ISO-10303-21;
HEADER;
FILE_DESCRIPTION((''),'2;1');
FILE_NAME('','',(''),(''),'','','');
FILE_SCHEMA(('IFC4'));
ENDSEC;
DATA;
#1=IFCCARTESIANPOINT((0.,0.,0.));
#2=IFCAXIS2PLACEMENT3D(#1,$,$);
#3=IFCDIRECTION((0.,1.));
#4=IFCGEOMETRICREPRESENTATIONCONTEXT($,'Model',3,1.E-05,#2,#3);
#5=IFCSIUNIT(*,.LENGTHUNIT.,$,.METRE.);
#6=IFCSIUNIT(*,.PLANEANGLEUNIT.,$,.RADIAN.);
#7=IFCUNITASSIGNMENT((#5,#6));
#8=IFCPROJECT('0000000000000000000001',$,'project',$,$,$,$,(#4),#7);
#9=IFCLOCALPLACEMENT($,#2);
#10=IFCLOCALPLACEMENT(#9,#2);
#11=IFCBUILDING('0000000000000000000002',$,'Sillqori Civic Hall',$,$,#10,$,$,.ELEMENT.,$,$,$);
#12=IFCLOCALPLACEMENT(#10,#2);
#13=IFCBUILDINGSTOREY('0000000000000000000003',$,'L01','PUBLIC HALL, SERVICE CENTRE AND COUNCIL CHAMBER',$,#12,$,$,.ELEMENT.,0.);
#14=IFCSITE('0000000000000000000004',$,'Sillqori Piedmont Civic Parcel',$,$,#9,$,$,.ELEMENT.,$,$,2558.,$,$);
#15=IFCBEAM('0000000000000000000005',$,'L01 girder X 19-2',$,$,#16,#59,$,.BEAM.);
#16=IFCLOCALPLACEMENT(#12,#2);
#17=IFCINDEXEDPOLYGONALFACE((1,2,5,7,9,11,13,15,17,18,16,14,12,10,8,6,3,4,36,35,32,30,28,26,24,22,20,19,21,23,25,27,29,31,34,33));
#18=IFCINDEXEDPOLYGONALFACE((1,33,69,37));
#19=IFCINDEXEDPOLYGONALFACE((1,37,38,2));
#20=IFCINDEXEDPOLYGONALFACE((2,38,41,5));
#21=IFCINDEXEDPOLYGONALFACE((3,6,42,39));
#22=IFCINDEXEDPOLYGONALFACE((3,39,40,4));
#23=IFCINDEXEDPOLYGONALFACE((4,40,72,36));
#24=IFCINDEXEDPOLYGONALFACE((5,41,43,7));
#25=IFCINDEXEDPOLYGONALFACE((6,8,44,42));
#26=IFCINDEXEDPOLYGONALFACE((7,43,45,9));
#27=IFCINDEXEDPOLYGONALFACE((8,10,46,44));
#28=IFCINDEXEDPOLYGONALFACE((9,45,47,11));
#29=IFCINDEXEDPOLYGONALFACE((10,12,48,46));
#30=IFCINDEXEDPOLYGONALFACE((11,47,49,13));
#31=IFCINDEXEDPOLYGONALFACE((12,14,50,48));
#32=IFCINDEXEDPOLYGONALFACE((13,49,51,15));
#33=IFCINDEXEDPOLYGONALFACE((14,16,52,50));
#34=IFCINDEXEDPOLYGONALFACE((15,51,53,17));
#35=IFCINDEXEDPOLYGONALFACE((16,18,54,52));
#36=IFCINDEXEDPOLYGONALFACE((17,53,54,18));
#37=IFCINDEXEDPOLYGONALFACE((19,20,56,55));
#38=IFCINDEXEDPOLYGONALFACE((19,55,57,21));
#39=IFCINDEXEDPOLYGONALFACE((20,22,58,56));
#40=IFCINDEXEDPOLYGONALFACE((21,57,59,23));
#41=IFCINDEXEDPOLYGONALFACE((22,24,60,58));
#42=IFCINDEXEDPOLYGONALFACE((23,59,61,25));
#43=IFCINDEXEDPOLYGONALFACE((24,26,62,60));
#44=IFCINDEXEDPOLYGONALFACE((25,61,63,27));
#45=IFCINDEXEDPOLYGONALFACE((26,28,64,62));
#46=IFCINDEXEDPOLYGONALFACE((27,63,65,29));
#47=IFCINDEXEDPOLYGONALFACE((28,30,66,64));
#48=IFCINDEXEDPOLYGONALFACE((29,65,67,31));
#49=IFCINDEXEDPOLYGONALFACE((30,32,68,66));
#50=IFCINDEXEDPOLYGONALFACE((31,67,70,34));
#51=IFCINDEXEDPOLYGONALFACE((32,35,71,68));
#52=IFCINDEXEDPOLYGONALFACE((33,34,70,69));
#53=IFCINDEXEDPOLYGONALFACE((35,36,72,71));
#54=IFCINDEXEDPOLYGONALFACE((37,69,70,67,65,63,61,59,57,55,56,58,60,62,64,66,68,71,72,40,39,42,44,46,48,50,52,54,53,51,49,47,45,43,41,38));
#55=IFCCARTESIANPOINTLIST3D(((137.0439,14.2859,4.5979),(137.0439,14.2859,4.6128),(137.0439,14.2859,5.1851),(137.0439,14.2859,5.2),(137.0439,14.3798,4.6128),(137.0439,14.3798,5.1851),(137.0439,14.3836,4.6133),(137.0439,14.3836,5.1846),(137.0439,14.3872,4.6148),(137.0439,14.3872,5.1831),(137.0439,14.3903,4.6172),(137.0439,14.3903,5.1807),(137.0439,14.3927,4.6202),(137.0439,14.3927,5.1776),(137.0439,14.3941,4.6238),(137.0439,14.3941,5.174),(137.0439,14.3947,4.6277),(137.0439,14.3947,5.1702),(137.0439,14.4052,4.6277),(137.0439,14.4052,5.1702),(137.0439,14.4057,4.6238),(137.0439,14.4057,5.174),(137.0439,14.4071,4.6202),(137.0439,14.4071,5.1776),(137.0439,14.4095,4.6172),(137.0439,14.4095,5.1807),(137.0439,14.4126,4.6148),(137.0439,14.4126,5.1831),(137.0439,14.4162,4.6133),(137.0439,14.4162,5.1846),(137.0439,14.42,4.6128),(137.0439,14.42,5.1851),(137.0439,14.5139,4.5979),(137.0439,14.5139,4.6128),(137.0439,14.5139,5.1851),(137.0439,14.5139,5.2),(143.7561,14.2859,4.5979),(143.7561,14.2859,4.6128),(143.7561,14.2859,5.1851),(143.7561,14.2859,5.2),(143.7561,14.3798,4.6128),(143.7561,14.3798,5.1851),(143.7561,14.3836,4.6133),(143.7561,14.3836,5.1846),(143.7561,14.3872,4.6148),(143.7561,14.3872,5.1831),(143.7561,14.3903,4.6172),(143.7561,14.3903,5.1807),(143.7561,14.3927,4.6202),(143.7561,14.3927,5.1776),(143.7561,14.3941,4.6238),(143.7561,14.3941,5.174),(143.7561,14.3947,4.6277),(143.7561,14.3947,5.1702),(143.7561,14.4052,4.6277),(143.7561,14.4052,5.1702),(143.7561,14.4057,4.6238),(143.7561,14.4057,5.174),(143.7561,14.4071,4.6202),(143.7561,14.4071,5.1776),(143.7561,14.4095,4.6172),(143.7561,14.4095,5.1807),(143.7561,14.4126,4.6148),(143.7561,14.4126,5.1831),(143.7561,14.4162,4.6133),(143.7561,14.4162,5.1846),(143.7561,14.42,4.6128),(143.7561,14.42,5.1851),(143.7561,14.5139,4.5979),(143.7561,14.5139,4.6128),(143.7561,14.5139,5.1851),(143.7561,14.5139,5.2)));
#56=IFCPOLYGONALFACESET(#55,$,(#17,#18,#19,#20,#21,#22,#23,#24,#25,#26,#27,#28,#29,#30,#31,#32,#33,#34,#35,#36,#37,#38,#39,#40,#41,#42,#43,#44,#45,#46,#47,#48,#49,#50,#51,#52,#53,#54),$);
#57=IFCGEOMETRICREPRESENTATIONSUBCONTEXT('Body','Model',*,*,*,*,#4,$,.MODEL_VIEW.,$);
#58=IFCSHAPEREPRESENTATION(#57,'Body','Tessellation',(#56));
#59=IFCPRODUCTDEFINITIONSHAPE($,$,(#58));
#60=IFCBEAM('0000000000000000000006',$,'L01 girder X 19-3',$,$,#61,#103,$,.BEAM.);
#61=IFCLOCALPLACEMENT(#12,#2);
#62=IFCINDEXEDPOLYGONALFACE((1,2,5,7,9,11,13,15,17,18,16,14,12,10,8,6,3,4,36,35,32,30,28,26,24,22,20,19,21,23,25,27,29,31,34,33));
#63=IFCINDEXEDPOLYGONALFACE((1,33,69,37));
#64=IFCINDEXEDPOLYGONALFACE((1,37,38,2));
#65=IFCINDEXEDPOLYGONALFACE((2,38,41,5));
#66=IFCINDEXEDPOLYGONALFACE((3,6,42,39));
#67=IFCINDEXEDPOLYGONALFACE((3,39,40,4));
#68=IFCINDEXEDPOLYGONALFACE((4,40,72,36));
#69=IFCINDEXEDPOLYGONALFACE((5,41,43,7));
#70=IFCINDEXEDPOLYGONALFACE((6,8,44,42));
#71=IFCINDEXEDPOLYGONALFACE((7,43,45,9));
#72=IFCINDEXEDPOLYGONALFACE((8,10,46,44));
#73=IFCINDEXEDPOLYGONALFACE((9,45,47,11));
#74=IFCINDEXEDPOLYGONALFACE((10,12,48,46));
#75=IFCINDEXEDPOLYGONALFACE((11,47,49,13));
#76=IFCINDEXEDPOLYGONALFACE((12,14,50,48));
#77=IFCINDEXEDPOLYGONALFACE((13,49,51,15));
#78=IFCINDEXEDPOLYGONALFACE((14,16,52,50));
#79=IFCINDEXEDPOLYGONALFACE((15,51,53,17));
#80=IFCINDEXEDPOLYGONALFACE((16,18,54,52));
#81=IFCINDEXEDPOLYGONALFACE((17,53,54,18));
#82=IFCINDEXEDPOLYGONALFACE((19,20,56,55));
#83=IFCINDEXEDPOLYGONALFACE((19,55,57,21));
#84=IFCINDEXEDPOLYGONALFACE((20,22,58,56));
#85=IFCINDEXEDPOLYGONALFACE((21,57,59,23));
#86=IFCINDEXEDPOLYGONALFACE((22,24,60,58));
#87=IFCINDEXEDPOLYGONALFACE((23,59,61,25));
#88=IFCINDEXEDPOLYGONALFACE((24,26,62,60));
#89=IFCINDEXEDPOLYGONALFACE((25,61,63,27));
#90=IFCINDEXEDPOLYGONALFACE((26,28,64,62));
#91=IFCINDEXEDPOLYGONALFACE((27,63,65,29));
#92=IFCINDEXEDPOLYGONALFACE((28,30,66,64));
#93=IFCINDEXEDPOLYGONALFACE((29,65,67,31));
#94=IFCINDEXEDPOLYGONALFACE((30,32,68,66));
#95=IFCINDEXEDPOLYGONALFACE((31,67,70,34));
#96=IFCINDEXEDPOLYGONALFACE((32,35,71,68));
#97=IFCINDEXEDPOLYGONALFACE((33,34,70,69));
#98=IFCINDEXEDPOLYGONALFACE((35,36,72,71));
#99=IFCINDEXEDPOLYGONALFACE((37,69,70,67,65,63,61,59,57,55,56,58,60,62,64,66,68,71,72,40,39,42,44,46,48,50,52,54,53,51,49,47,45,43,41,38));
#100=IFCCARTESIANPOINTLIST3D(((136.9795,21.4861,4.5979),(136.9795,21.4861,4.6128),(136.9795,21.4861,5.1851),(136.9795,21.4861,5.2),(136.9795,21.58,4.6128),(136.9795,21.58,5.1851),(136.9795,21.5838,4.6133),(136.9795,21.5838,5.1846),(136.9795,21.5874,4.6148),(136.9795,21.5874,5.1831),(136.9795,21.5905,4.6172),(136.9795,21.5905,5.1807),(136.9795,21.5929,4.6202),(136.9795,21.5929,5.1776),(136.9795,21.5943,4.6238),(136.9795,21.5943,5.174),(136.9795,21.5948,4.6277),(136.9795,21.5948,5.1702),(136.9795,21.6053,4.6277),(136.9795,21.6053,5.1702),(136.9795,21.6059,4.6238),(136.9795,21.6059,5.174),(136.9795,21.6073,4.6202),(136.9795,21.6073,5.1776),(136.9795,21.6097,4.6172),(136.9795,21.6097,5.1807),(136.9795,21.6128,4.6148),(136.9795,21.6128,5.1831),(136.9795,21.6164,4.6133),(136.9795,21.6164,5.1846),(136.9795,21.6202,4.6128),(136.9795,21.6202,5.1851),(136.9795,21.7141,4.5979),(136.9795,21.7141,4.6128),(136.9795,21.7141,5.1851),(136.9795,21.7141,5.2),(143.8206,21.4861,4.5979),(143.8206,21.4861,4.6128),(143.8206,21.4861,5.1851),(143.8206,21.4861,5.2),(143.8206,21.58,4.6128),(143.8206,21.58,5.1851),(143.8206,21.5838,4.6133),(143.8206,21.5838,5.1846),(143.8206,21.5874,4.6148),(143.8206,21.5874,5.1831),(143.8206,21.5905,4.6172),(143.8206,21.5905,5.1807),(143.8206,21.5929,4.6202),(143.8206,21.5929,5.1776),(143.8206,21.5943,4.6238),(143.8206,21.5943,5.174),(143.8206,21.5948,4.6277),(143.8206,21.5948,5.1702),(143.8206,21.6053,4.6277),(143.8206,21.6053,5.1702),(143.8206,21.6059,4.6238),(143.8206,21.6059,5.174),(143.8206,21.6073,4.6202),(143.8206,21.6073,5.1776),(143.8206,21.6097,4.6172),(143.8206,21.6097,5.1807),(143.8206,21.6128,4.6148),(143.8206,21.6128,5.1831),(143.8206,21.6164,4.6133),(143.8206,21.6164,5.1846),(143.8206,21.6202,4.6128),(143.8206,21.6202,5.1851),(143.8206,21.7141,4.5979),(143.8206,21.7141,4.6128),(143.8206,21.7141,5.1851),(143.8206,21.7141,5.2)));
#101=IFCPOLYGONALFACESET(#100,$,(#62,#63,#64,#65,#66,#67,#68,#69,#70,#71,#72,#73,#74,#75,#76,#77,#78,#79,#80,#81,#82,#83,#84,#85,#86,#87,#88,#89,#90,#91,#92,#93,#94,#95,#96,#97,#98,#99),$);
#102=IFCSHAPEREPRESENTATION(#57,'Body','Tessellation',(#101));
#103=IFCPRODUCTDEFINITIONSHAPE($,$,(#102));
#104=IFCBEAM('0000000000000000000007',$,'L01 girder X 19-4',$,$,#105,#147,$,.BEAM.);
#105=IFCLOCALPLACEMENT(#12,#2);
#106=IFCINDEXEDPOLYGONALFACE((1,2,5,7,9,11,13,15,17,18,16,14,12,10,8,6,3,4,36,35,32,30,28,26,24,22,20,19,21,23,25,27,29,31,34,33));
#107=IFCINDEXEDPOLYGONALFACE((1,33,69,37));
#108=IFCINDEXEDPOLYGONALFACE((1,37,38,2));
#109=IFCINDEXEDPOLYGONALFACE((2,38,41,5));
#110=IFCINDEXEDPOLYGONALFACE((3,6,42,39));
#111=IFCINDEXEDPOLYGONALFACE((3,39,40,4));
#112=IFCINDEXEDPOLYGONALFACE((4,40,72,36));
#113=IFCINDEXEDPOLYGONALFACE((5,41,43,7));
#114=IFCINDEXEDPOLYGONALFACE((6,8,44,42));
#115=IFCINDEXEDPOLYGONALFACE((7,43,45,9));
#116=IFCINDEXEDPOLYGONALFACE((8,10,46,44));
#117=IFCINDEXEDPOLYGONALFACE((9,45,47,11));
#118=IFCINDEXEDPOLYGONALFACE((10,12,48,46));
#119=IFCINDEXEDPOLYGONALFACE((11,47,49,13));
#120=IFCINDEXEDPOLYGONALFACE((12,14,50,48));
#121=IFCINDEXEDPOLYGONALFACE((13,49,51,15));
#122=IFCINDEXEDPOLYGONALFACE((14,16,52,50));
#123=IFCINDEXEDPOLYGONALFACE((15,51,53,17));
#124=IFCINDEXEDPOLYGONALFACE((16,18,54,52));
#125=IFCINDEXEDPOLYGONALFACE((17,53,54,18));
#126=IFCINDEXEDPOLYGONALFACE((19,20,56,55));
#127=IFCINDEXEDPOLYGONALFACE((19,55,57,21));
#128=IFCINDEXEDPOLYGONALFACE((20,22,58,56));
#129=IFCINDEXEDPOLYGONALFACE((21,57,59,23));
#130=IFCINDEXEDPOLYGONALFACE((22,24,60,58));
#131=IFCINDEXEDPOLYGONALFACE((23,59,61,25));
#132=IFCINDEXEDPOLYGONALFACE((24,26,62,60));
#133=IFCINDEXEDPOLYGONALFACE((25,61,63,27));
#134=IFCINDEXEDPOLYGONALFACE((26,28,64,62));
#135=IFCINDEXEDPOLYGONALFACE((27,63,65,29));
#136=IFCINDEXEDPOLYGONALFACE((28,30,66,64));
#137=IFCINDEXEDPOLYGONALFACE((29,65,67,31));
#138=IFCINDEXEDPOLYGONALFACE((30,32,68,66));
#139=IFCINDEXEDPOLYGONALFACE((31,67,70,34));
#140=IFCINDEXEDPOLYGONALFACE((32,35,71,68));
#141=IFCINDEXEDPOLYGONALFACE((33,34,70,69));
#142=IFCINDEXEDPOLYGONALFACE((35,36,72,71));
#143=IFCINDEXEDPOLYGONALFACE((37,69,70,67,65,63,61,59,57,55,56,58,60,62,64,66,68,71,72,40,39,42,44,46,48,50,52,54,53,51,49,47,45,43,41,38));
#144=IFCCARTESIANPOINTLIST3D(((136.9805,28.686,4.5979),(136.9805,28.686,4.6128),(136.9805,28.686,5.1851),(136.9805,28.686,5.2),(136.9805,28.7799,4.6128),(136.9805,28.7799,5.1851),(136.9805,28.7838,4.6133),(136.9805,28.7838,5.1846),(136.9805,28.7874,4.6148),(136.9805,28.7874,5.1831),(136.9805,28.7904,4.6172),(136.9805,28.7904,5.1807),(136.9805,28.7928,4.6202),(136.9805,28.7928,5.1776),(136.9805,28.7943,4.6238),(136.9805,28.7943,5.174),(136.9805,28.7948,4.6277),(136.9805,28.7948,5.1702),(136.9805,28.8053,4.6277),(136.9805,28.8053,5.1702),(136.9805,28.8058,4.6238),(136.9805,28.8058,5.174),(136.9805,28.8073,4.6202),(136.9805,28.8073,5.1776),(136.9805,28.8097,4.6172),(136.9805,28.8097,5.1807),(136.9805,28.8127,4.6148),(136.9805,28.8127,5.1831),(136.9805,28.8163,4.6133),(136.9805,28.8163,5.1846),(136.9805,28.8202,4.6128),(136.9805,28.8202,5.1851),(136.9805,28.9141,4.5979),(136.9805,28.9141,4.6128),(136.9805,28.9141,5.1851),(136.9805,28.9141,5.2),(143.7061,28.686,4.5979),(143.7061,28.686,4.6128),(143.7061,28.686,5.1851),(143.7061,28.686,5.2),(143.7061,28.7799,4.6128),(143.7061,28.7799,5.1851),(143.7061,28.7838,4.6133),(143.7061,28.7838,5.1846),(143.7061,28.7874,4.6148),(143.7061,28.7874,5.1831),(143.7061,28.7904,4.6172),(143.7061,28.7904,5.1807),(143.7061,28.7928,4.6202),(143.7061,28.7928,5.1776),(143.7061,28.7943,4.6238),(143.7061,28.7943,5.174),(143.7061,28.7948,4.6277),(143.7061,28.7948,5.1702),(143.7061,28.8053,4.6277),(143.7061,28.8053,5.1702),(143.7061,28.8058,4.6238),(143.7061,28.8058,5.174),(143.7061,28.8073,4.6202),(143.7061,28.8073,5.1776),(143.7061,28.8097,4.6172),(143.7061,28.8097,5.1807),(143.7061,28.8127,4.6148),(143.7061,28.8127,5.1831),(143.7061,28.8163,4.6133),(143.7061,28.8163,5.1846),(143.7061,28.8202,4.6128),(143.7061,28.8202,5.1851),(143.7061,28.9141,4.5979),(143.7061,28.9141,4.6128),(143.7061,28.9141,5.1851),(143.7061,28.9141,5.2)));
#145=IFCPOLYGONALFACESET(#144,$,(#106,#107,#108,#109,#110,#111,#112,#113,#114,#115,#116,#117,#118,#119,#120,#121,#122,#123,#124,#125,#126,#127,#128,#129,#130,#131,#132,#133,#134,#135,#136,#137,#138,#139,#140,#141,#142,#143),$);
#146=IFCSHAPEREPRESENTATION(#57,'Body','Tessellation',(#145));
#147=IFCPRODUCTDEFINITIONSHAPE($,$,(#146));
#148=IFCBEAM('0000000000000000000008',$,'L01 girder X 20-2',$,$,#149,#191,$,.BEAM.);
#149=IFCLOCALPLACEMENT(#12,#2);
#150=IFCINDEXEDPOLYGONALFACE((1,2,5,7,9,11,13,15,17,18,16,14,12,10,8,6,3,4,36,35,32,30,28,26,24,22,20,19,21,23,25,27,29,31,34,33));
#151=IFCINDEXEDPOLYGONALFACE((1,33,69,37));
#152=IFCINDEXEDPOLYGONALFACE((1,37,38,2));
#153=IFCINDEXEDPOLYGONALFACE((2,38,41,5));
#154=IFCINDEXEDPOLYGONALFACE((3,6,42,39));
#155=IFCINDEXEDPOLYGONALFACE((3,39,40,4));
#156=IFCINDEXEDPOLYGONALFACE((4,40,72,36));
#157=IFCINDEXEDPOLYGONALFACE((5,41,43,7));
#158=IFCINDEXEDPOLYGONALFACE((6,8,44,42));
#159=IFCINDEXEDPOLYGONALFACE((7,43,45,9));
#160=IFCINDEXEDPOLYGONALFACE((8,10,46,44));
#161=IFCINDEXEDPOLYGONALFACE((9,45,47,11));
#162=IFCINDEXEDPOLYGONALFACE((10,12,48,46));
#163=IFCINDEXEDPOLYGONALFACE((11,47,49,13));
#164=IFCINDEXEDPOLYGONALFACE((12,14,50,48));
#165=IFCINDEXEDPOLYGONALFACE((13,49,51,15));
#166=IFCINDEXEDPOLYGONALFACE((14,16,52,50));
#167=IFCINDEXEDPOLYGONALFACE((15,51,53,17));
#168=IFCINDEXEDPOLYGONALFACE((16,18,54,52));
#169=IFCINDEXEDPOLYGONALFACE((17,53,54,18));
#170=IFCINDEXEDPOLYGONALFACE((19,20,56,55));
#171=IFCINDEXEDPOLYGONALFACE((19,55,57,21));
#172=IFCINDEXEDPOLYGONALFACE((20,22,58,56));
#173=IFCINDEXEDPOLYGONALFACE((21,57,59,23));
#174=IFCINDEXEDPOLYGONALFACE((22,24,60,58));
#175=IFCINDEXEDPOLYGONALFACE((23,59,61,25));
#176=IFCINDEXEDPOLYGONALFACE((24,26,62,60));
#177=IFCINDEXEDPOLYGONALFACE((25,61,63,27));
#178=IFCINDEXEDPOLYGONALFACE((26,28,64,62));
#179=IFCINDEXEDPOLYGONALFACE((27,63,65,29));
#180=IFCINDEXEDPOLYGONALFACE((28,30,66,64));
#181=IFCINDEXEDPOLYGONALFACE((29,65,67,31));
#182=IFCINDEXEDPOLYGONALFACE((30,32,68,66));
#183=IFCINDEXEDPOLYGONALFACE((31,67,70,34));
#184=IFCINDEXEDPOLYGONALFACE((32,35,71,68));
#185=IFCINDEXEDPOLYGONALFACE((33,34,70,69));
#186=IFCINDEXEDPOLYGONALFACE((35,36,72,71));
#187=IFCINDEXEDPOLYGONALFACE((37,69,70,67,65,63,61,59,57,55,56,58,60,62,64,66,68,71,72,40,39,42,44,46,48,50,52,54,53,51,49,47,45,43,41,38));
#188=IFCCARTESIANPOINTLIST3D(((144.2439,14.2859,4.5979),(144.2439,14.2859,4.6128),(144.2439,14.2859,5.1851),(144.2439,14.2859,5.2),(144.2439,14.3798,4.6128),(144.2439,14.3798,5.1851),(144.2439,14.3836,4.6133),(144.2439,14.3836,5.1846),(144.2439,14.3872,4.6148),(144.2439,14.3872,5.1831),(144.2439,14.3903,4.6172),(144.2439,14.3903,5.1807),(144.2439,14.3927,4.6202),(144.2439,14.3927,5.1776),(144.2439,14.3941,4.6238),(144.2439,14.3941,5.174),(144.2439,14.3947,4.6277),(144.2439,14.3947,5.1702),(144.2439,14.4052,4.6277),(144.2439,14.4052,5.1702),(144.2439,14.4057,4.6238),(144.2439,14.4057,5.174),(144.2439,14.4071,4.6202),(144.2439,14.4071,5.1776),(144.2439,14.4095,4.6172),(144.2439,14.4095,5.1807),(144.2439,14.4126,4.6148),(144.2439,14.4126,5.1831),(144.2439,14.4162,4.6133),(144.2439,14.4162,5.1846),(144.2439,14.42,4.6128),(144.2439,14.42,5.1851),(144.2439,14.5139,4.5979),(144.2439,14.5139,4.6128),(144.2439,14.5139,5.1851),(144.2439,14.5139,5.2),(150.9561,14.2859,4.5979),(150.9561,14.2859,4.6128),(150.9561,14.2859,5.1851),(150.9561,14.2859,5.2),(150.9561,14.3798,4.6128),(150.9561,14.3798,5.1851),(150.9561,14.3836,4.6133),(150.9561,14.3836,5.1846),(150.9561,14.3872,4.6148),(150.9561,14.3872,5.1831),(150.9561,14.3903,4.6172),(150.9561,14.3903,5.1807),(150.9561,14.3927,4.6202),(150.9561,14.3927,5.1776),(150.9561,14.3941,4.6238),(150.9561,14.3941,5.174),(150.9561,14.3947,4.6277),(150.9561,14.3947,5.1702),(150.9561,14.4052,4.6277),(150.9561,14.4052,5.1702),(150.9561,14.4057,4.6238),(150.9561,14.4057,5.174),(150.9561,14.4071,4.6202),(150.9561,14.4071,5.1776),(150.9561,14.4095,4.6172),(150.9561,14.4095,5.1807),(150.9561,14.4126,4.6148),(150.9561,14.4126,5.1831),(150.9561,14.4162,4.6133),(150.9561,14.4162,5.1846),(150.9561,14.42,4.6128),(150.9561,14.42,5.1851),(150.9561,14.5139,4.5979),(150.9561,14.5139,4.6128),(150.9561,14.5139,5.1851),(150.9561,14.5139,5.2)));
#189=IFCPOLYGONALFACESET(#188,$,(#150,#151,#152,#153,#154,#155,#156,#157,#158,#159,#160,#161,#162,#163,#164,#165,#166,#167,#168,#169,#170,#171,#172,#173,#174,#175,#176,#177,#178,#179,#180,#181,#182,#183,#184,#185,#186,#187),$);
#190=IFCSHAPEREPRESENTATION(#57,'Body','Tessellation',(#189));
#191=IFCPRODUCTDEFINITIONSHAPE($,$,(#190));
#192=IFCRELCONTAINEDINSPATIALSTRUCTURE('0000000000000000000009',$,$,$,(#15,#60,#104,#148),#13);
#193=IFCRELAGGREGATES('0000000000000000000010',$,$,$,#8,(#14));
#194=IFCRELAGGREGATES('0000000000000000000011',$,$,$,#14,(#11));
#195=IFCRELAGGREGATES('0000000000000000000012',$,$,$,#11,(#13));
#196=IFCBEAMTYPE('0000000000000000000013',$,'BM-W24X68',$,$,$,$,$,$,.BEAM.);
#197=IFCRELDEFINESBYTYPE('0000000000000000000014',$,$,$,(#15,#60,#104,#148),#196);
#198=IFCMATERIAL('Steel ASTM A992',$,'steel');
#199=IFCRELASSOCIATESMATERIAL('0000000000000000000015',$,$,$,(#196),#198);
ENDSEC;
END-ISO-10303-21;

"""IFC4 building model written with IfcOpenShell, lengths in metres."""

from ifc_helpers import new_model, si_unit, direction, frame, origin, origin_2d, place, context, subcontext, project, spatial, i_section, extrude, material, material_profile, profile_set, type_object, element, save


model = new_model("IFC4")

# Units and contexts
model_context = context("Model", 3, precision=1e-05, world=origin(), true_north=direction((0.0, 1.0)))
body_context = subcontext(model_context, "Body", "Model", "MODEL_VIEW")
ifc_project = project(units=[si_unit("LENGTHUNIT", "METRE"), si_unit("PLANEANGLEUNIT", "RADIAN")], contexts=[model_context])

# Site, building, storey
site_placement = place(None, origin())
site = spatial("IfcSite", under=ifc_project, at=site_placement, Name="Sillqori Piedmont Civic Parcel", CompositionType="ELEMENT", RefElevation=2558.0)
building_placement = place(site_placement, origin())
building = spatial("IfcBuilding", under=site, at=building_placement, Name="Sillqori Civic Hall", CompositionType="ELEMENT")
storey_placement = place(building_placement, origin())
storey = spatial("IfcBuildingStorey", under=building, at=storey_placement, Name="L01", Description="PUBLIC HALL, SERVICE CENTRE AND COUNCIL CHAMBER", CompositionType="ELEMENT", Elevation=0.0)

# Shared definitions
ifc_material_1 = material(Name="Steel ASTM A992", Category="steel")

# Beams
ifc_material_profile_1 = material_profile(ifc_material_1, i_section(OverallWidth=0.228, OverallDepth=0.6021, WebThickness=0.0105, FlangeThickness=0.0149, FilletRadius=0.0149, at=origin_2d()), Name="W24X68")
ifc_profile_set_1 = profile_set([ifc_material_profile_1], Name="Steel ASTM A992")
beam_type_1 = type_object("IfcBeamType", Name="BM-W24X68", PredefinedType="BEAM", material=ifc_profile_set_1)
beam_1_placement = place(storey_placement, frame((137.0439, 14.3999, 4.8989), z_axis=(1.0, 0.0, 0.0), x_axis=(0.0, 1.0, 0.0)))
element("IfcBeam", 1, at=beam_1_placement, inside=storey, type_object=beam_type_1, Name="L01 girder X 19-2", PredefinedType="BEAM", context=body_context, shape_type="SweptSolid", body=[
    extrude(i_section(OverallWidth=0.228, OverallDepth=0.6021, WebThickness=0.0105, FlangeThickness=0.0149, FilletRadius=0.0149, at=origin_2d()), origin(), (0.0, 0.0, 1.0), 6.7122),
])
beam_2_placement = place(storey_placement, frame((136.9795, 21.6001, 4.8989), z_axis=(1.0, 0.0, 0.0), x_axis=(0.0, 1.0, 0.0)))
element("IfcBeam", 2, at=beam_2_placement, inside=storey, type_object=beam_type_1, Name="L01 girder X 19-3", PredefinedType="BEAM", context=body_context, shape_type="SweptSolid", body=[
    extrude(i_section(OverallWidth=0.228, OverallDepth=0.6021, WebThickness=0.0105, FlangeThickness=0.0149, FilletRadius=0.0149, at=origin_2d()), origin(), (0.0, 0.0, 1.0), 6.8411),
])
beam_3_placement = place(storey_placement, frame((136.9805, 28.8, 4.8989), z_axis=(1.0, 0.0, 0.0), x_axis=(0.0, 1.0, 0.0)))
element("IfcBeam", 3, at=beam_3_placement, inside=storey, type_object=beam_type_1, Name="L01 girder X 19-4", PredefinedType="BEAM", context=body_context, shape_type="SweptSolid", body=[
    extrude(i_section(OverallWidth=0.228, OverallDepth=0.6021, WebThickness=0.0105, FlangeThickness=0.0149, FilletRadius=0.0149, at=origin_2d()), origin(), (0.0, 0.0, 1.0), 6.7256),
])
beam_4_placement = place(storey_placement, frame((144.2439, 14.3999, 4.8989), z_axis=(1.0, 0.0, 0.0), x_axis=(0.0, 1.0, 0.0)))
element("IfcBeam", 4, at=beam_4_placement, inside=storey, type_object=beam_type_1, Name="L01 girder X 20-2", PredefinedType="BEAM", context=body_context, shape_type="SweptSolid", body=[
    extrude(i_section(OverallWidth=0.228, OverallDepth=0.6021, WebThickness=0.0105, FlangeThickness=0.0149, FilletRadius=0.0149, at=origin_2d()), origin(), (0.0, 0.0, 1.0), 6.7122),
])

save(model, "model.ifc")
